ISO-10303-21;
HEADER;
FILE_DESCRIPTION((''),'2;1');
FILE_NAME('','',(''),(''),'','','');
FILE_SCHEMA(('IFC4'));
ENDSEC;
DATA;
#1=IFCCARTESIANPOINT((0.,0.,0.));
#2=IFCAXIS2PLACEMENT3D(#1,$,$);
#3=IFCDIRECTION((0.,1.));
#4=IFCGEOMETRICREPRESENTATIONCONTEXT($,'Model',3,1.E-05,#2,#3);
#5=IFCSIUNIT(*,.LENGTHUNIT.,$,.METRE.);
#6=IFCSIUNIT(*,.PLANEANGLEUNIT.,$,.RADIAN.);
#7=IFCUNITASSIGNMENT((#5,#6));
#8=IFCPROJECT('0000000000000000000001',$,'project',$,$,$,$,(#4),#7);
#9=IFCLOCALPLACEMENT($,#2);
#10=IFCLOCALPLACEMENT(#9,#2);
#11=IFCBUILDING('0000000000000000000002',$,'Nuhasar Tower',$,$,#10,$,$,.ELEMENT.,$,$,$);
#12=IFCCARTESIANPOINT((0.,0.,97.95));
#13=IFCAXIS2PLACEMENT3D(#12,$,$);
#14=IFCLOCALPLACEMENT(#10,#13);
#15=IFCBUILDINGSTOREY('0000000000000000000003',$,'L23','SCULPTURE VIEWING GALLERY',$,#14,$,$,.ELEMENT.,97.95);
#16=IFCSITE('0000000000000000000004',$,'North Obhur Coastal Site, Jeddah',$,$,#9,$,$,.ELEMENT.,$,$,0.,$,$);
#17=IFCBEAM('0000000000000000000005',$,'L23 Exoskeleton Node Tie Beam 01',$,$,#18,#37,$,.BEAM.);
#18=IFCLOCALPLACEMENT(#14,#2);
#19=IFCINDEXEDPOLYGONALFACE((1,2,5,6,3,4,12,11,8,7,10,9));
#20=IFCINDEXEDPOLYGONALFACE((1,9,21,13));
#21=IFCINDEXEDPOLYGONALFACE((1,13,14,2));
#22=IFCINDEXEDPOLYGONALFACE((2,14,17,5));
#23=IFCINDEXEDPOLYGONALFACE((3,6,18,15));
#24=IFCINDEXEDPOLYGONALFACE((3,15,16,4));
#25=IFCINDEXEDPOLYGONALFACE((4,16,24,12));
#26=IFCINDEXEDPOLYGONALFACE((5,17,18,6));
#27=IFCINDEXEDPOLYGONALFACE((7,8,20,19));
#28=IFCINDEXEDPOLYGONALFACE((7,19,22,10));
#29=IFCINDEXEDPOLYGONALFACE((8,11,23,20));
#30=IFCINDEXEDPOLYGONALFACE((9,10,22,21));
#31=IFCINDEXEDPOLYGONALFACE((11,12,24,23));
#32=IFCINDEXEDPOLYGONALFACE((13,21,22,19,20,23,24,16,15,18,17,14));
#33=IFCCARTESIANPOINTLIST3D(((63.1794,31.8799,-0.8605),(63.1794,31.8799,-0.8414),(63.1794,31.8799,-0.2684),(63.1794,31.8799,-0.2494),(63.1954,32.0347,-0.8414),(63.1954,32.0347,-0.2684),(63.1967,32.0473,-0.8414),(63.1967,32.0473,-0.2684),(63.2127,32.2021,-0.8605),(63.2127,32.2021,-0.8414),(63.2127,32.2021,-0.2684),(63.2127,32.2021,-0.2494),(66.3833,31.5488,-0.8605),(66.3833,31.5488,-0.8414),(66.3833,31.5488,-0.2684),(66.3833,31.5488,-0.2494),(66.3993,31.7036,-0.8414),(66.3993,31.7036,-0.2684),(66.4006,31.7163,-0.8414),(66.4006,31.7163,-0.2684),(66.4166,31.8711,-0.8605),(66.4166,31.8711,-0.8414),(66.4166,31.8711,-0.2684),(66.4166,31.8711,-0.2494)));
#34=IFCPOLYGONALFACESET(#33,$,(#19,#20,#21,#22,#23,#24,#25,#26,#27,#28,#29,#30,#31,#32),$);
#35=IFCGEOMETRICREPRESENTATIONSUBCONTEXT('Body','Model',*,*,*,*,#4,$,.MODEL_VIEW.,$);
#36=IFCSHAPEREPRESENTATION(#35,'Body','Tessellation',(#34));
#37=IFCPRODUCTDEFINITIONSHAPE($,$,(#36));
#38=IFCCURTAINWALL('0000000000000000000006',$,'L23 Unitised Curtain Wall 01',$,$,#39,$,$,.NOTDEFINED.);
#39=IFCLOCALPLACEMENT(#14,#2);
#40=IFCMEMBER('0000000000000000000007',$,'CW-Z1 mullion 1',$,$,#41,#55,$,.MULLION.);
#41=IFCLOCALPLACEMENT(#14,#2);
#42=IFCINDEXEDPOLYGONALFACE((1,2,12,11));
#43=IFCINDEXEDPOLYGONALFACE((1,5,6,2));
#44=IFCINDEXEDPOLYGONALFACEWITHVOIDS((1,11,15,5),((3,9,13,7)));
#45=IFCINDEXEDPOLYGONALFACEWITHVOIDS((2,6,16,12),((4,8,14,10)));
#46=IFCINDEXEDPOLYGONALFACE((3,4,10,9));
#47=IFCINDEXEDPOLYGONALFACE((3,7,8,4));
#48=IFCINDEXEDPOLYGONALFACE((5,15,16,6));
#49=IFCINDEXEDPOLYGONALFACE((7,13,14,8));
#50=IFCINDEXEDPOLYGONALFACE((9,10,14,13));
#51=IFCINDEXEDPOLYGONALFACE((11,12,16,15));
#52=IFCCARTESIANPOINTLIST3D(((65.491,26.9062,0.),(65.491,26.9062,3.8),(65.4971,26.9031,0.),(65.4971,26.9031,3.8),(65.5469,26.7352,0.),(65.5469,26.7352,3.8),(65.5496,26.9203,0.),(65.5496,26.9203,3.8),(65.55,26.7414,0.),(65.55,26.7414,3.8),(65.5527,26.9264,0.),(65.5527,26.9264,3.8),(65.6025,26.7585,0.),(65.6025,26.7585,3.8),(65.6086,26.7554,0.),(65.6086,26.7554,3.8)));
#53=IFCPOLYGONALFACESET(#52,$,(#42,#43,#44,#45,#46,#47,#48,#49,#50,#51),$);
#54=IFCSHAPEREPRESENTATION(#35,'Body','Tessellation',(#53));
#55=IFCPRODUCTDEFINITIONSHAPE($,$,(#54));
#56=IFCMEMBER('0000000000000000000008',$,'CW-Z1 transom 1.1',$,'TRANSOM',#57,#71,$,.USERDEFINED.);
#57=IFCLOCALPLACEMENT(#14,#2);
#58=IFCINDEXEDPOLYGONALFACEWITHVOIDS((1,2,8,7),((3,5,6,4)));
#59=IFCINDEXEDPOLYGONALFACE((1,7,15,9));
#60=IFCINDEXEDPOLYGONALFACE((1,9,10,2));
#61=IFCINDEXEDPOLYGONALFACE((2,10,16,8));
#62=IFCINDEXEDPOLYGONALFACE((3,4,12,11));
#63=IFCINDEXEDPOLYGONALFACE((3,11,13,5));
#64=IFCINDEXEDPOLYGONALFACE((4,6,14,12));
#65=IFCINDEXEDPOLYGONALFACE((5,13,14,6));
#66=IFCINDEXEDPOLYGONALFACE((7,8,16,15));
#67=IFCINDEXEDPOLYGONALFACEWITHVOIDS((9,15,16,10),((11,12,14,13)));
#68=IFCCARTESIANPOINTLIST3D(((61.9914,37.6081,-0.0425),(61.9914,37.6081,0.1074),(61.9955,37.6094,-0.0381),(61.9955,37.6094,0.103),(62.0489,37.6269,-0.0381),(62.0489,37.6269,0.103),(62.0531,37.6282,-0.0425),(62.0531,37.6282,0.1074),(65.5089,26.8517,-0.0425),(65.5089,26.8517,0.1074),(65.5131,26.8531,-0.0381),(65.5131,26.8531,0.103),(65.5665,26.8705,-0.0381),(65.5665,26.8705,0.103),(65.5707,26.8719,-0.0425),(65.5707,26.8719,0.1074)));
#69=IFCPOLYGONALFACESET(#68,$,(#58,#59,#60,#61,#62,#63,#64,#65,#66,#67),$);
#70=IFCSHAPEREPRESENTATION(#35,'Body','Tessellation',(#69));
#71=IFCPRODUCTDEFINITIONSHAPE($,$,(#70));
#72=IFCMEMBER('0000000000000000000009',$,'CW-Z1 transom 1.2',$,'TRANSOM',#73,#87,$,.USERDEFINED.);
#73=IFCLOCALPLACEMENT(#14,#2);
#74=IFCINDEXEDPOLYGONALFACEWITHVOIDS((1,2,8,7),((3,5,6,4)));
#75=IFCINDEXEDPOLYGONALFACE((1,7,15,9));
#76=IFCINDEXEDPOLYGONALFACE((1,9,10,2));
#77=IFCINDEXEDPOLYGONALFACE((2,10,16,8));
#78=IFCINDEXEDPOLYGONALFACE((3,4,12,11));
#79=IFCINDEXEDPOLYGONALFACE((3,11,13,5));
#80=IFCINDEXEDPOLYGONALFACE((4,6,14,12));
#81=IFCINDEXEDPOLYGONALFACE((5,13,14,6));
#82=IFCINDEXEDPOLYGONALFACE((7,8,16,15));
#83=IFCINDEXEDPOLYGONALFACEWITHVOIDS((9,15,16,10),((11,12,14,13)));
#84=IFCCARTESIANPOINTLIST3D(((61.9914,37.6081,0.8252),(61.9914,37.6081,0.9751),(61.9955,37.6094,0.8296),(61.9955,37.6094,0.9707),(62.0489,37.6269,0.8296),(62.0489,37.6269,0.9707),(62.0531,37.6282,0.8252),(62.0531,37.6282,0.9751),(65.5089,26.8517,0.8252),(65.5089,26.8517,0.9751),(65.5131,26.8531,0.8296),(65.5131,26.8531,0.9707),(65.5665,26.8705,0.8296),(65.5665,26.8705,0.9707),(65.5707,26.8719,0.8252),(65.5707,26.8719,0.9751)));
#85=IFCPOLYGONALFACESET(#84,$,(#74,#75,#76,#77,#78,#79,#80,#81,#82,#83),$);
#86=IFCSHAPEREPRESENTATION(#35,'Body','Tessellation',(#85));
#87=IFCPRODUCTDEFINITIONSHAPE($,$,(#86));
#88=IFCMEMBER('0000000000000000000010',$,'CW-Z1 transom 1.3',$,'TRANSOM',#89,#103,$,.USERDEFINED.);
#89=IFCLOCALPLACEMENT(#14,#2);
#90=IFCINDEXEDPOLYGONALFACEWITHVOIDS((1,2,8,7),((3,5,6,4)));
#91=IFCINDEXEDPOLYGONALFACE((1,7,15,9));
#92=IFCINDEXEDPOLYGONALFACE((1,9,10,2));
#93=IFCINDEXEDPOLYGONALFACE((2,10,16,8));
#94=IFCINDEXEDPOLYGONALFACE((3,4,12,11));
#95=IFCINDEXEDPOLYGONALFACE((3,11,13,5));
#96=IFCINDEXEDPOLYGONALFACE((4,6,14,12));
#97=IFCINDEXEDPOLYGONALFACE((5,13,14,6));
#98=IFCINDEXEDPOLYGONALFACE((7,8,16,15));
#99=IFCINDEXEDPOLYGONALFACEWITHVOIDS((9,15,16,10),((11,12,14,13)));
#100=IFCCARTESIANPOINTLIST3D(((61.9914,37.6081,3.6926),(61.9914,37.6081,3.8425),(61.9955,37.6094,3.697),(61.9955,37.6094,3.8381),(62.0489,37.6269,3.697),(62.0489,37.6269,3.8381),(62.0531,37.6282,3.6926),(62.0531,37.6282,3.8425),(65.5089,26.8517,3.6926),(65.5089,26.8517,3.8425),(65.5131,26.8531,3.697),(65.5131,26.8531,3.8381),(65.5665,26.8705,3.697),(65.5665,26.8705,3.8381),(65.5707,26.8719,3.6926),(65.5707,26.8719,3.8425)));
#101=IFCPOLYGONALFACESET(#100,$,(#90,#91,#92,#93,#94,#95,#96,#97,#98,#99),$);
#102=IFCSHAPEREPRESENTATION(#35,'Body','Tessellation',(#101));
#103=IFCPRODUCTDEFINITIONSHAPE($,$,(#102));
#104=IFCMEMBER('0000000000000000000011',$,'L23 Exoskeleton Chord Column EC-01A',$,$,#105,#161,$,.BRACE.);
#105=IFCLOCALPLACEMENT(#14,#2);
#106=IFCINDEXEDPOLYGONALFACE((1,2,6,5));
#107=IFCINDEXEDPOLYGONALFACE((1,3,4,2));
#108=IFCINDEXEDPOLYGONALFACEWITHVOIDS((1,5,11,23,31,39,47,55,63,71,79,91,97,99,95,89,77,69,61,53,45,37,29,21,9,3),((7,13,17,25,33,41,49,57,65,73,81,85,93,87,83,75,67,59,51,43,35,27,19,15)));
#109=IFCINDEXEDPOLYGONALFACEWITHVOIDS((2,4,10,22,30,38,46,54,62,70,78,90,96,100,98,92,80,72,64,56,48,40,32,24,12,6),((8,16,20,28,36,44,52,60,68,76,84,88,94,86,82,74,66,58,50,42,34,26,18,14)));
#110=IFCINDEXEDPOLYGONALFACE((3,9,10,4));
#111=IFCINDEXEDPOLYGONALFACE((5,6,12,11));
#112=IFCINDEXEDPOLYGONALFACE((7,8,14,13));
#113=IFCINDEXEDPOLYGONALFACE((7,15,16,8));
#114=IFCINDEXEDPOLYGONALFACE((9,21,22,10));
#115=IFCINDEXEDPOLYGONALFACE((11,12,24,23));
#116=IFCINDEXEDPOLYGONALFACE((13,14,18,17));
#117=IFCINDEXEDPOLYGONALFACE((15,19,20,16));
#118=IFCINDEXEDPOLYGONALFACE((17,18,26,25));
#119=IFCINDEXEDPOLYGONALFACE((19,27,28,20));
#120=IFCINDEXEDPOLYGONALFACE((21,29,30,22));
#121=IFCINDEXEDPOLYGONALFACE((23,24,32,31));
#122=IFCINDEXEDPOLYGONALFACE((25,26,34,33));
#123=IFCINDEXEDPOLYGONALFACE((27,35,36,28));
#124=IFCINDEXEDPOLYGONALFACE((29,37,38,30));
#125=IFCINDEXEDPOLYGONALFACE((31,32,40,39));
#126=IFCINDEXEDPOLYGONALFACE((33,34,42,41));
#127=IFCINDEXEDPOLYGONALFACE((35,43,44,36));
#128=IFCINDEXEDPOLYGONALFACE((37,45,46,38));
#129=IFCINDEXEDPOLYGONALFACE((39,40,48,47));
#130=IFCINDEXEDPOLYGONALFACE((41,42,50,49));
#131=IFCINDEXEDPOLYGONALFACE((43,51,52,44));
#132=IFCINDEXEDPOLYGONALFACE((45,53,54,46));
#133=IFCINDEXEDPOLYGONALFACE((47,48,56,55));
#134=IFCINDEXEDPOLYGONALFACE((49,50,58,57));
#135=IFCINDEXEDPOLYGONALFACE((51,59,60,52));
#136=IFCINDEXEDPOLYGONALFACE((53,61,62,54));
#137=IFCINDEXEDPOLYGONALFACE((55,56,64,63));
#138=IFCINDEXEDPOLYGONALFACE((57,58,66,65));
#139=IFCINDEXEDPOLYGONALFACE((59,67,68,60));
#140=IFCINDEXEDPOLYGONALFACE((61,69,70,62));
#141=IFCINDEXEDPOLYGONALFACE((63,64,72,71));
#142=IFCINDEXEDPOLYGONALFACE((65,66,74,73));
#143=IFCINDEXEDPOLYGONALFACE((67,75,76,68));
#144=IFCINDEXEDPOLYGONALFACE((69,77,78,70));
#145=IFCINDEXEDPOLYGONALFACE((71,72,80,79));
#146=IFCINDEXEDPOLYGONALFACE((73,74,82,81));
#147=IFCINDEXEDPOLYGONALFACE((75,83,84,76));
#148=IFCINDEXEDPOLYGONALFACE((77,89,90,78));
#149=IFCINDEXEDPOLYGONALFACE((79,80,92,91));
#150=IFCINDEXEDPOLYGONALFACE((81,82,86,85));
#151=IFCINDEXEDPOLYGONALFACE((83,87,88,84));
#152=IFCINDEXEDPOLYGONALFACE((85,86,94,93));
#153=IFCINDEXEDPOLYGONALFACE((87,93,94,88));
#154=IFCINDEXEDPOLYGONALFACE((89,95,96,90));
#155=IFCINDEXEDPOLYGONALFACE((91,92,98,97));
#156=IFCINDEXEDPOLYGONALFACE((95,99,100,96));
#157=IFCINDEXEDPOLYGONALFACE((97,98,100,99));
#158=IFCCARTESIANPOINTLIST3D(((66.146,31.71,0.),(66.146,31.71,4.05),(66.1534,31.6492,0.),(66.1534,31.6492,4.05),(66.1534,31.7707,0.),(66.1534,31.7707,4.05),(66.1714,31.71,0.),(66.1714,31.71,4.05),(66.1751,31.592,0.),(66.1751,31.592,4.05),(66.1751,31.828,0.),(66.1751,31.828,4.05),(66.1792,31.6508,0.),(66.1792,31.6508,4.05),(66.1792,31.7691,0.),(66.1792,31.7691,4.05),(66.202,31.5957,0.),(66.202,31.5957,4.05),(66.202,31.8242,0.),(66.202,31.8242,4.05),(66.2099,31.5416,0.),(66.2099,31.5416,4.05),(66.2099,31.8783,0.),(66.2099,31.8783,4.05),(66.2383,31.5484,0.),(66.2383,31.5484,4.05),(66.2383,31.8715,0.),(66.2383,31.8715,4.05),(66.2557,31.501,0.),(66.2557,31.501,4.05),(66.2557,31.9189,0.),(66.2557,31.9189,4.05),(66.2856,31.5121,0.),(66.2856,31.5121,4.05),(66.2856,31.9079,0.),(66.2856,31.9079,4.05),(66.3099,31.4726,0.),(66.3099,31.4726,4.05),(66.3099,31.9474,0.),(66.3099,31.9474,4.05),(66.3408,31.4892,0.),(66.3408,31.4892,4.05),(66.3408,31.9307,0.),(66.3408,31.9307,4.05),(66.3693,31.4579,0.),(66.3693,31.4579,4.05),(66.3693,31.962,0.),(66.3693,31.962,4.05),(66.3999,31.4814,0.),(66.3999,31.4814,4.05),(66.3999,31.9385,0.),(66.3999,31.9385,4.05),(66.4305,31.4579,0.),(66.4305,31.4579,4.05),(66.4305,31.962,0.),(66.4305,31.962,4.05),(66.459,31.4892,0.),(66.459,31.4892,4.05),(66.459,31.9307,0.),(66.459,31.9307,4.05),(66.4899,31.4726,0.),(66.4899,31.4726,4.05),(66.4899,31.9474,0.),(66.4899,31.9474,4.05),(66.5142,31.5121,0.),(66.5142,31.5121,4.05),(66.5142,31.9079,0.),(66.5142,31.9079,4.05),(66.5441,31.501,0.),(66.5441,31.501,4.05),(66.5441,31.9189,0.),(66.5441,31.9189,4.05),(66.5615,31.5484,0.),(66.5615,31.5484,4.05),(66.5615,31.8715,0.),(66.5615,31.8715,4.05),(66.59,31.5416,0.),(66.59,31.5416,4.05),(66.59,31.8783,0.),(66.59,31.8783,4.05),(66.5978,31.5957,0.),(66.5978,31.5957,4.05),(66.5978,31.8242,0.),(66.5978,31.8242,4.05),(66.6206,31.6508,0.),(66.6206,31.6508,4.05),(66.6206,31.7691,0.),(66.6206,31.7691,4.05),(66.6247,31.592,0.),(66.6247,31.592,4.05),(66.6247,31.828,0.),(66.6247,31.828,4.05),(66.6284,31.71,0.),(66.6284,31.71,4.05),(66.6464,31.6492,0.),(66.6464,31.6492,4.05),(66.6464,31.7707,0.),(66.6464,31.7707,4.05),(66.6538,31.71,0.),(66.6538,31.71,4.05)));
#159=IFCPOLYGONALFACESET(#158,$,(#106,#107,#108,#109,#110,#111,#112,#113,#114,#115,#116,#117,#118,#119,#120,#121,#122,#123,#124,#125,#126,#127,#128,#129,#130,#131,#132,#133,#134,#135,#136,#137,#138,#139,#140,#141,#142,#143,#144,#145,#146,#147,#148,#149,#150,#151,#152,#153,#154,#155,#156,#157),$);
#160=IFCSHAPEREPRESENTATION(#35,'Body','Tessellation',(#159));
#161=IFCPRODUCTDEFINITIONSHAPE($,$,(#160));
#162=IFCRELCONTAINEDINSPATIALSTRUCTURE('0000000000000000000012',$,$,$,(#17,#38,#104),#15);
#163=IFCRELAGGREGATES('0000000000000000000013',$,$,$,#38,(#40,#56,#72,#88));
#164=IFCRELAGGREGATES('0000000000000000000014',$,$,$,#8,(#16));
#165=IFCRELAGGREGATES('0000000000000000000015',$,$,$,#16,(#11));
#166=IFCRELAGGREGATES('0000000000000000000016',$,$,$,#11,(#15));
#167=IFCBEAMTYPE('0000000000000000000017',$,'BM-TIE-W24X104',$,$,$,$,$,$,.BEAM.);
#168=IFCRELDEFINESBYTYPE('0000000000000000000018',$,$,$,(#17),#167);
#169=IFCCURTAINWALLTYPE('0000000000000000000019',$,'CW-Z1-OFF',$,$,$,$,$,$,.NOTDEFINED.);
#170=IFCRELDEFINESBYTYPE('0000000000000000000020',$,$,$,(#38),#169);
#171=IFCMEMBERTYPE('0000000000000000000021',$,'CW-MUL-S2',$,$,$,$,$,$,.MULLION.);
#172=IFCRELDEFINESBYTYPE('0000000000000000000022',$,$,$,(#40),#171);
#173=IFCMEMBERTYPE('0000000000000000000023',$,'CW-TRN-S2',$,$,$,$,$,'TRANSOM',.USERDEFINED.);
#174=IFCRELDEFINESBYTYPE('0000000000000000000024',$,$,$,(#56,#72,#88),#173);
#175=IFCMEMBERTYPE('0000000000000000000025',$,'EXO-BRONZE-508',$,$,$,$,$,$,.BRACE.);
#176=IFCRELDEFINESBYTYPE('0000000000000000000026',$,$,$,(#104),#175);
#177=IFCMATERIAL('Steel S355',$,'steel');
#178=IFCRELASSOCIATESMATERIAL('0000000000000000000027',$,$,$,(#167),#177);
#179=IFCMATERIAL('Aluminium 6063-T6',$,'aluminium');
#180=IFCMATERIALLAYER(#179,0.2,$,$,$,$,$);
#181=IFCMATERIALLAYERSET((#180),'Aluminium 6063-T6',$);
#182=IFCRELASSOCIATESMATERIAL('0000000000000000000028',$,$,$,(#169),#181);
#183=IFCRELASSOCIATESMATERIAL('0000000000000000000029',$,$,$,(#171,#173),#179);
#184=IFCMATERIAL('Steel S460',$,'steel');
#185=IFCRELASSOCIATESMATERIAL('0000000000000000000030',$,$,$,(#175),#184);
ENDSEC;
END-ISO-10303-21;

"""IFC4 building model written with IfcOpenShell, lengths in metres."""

from ifc_helpers import new_model, si_unit, direction, frame, origin, origin_2d, place, context, subcontext, project, spatial, hollow_rectangle, hollow_circle, i_section, extrude, material, layer, layer_set, material_profile, profile_set, type_object, element, aggregate, save


model = new_model("IFC4")

# Units and contexts
model_context = context("Model", 3, precision=1e-05, world=origin(), true_north=direction((0.0, 1.0)))
body_context = subcontext(model_context, "Body", "Model", "MODEL_VIEW")
ifc_project = project(units=[si_unit("LENGTHUNIT", "METRE"), si_unit("PLANEANGLEUNIT", "RADIAN")], contexts=[model_context])

# Site, building, storey
site_placement = place(None, origin())
site = spatial("IfcSite", under=ifc_project, at=site_placement, Name="North Obhur Coastal Site, Jeddah", CompositionType="ELEMENT", RefElevation=0.0)
building_placement = place(site_placement, origin())
building = spatial("IfcBuilding", under=site, at=building_placement, Name="Nuhasar Tower", CompositionType="ELEMENT")
storey_placement = place(building_placement, frame((0.0, 0.0, 97.95)))
storey = spatial("IfcBuildingStorey", under=building, at=storey_placement, Name="L23", Description="SCULPTURE VIEWING GALLERY", CompositionType="ELEMENT", Elevation=97.95)

# Beam
ifc_material_1 = material(Name="Steel S355", Category="steel")
ifc_material_profile_1 = material_profile(ifc_material_1, i_section(OverallWidth=0.324, OverallDepth=0.6111, WebThickness=0.0127, FlangeThickness=0.019, at=origin_2d()), Name="W24X104")
ifc_profile_set_1 = profile_set([ifc_material_profile_1], Name="Steel S355")
beam_type_1 = type_object("IfcBeamType", Name="BM-TIE-W24X104", PredefinedType="BEAM", material=ifc_profile_set_1)
beam_1_placement = place(storey_placement, frame((63.196, 32.041, -0.5549), z_axis=(0.994704, -0.102783, 0.0), x_axis=(0.102783, 0.994704, 0.0)))
element("IfcBeam", 1, at=beam_1_placement, inside=storey, type_object=beam_type_1, Name="L23 Exoskeleton Node Tie Beam 01", PredefinedType="BEAM", context=body_context, shape_type="SweptSolid", body=[
    extrude(i_section(OverallWidth=0.324, OverallDepth=0.6111, WebThickness=0.0127, FlangeThickness=0.019, at=origin_2d()), origin(), (0.0, 0.0, 1.0), 3.2209),
])

# Curtain wall, members
ifc_material_2 = material(Name="Aluminium 6063-T6", Category="aluminium")
ifc_layer_1 = layer(ifc_material_2, 0.2)
ifc_layer_set_1 = layer_set([ifc_layer_1], Name="Aluminium 6063-T6")
curtain_wall_type = type_object("IfcCurtainWallType", Name="CW-Z1-OFF", PredefinedType="NOTDEFINED", material=ifc_layer_set_1)
curtain_wall_placement = place(storey_placement, origin())
curtain_wall = element("IfcCurtainWall", 2, at=curtain_wall_placement, inside=storey, type_object=curtain_wall_type, Name="L23 Unitised Curtain Wall 01", PredefinedType="NOTDEFINED")
ifc_material_profile_2 = material_profile(ifc_material_2, hollow_rectangle(XDim=0.0649, YDim=0.1799, WallThickness=0.0049, at=origin_2d()), Name="CWM-2")
ifc_profile_set_2 = profile_set([ifc_material_profile_2], Name="Aluminium 6063-T6")
member_type_1 = type_object("IfcMemberType", Name="CW-MUL-S2", PredefinedType="MULLION", material=ifc_profile_set_2)
member_1_placement = place(storey_placement, frame((65.5498, 26.8308, 0.0), z_axis=(0.0, 0.0, 1.0), x_axis=(-0.950468, -0.310824, 0.0)))
member_1 = element("IfcMember", 3, at=member_1_placement, type_object=member_type_1, Name="CW-Z1 mullion 1", PredefinedType="MULLION", context=body_context, shape_type="SweptSolid", body=[
    extrude(hollow_rectangle(XDim=0.0649, YDim=0.1799, WallThickness=0.0049, at=origin_2d()), origin(), (0.0, 0.0, 1.0), 3.8),
])
ifc_material_profile_3 = material_profile(ifc_material_2, hollow_rectangle(XDim=0.0649, YDim=0.1499, WallThickness=0.0044, at=origin_2d()), Name="CWT-2")
ifc_profile_set_3 = profile_set([ifc_material_profile_3], Name="Aluminium 6063-T6")
member_type_2 = type_object("IfcMemberType", Name="CW-TRN-S2", ElementType="TRANSOM", PredefinedType="USERDEFINED", material=ifc_profile_set_3)
member_2_placement = place(storey_placement, frame((65.5398, 26.8618, 0.0325), z_axis=(-0.310825, 0.950467, 0.0), x_axis=(-0.950467, -0.310825, 0.0)))
member_2 = element("IfcMember", 4, at=member_2_placement, type_object=member_type_2, Name="CW-Z1 transom 1.1", ObjectType="TRANSOM", PredefinedType="USERDEFINED", context=body_context, shape_type="SweptSolid", body=[
    extrude(hollow_rectangle(XDim=0.0649, YDim=0.1499, WallThickness=0.0044, at=origin_2d()), origin(), (0.0, 0.0, 1.0), 11.3169),
])
member_3_placement = place(storey_placement, frame((65.5398, 26.8618, 0.9001), z_axis=(-0.310825, 0.950467, 0.0), x_axis=(-0.950467, -0.310825, 0.0)))
member_3 = element("IfcMember", 5, at=member_3_placement, type_object=member_type_2, Name="CW-Z1 transom 1.2", ObjectType="TRANSOM", PredefinedType="USERDEFINED", context=body_context, shape_type="SweptSolid", body=[
    extrude(hollow_rectangle(XDim=0.0649, YDim=0.1499, WallThickness=0.0044, at=origin_2d()), origin(), (0.0, 0.0, 1.0), 11.3169),
])
member_4_placement = place(storey_placement, frame((65.5398, 26.8618, 3.7676), z_axis=(-0.310825, 0.950467, 0.0), x_axis=(-0.950467, -0.310825, 0.0)))
member_4 = element("IfcMember", 6, at=member_4_placement, type_object=member_type_2, Name="CW-Z1 transom 1.3", ObjectType="TRANSOM", PredefinedType="USERDEFINED", context=body_context, shape_type="SweptSolid", body=[
    extrude(hollow_rectangle(XDim=0.0649, YDim=0.1499, WallThickness=0.0044, at=origin_2d()), origin(), (0.0, 0.0, 1.0), 11.3169),
])

# Member
ifc_material_3 = material(Name="Steel S460", Category="steel")
ifc_material_profile_4 = material_profile(ifc_material_3, hollow_circle(Radius=0.2539, WallThickness=0.0254, at=origin_2d()), Name="HSS508X25.4")
ifc_profile_set_4 = profile_set([ifc_material_profile_4], Name="Steel S460")
member_type_3 = type_object("IfcMemberType", Name="EXO-BRONZE-508", PredefinedType="BRACE", material=ifc_profile_set_4)
for number, where, z_axis, x_axis, name in (
    (7, (66.3999, 31.71, 0.0), (0.0, 0.0, 1.0), (1.0, 0.0, 0.0), "L23 Exoskeleton Chord Column EC-01A"),
):
    element("IfcMember", number, at=place(storey_placement, frame(where, z_axis=z_axis, x_axis=x_axis)), inside=storey, type_object=member_type_3, Name=name, PredefinedType="BRACE", context=body_context, shape_type="SweptSolid", body=[
        extrude(hollow_circle(Radius=0.2539, WallThickness=0.0254, at=origin_2d()), origin(), (0.0, 0.0, 1.0), 4.05),
    ])

aggregate(curtain_wall, [member_1, member_2, member_3, member_4])

save(model, "model.ifc")
